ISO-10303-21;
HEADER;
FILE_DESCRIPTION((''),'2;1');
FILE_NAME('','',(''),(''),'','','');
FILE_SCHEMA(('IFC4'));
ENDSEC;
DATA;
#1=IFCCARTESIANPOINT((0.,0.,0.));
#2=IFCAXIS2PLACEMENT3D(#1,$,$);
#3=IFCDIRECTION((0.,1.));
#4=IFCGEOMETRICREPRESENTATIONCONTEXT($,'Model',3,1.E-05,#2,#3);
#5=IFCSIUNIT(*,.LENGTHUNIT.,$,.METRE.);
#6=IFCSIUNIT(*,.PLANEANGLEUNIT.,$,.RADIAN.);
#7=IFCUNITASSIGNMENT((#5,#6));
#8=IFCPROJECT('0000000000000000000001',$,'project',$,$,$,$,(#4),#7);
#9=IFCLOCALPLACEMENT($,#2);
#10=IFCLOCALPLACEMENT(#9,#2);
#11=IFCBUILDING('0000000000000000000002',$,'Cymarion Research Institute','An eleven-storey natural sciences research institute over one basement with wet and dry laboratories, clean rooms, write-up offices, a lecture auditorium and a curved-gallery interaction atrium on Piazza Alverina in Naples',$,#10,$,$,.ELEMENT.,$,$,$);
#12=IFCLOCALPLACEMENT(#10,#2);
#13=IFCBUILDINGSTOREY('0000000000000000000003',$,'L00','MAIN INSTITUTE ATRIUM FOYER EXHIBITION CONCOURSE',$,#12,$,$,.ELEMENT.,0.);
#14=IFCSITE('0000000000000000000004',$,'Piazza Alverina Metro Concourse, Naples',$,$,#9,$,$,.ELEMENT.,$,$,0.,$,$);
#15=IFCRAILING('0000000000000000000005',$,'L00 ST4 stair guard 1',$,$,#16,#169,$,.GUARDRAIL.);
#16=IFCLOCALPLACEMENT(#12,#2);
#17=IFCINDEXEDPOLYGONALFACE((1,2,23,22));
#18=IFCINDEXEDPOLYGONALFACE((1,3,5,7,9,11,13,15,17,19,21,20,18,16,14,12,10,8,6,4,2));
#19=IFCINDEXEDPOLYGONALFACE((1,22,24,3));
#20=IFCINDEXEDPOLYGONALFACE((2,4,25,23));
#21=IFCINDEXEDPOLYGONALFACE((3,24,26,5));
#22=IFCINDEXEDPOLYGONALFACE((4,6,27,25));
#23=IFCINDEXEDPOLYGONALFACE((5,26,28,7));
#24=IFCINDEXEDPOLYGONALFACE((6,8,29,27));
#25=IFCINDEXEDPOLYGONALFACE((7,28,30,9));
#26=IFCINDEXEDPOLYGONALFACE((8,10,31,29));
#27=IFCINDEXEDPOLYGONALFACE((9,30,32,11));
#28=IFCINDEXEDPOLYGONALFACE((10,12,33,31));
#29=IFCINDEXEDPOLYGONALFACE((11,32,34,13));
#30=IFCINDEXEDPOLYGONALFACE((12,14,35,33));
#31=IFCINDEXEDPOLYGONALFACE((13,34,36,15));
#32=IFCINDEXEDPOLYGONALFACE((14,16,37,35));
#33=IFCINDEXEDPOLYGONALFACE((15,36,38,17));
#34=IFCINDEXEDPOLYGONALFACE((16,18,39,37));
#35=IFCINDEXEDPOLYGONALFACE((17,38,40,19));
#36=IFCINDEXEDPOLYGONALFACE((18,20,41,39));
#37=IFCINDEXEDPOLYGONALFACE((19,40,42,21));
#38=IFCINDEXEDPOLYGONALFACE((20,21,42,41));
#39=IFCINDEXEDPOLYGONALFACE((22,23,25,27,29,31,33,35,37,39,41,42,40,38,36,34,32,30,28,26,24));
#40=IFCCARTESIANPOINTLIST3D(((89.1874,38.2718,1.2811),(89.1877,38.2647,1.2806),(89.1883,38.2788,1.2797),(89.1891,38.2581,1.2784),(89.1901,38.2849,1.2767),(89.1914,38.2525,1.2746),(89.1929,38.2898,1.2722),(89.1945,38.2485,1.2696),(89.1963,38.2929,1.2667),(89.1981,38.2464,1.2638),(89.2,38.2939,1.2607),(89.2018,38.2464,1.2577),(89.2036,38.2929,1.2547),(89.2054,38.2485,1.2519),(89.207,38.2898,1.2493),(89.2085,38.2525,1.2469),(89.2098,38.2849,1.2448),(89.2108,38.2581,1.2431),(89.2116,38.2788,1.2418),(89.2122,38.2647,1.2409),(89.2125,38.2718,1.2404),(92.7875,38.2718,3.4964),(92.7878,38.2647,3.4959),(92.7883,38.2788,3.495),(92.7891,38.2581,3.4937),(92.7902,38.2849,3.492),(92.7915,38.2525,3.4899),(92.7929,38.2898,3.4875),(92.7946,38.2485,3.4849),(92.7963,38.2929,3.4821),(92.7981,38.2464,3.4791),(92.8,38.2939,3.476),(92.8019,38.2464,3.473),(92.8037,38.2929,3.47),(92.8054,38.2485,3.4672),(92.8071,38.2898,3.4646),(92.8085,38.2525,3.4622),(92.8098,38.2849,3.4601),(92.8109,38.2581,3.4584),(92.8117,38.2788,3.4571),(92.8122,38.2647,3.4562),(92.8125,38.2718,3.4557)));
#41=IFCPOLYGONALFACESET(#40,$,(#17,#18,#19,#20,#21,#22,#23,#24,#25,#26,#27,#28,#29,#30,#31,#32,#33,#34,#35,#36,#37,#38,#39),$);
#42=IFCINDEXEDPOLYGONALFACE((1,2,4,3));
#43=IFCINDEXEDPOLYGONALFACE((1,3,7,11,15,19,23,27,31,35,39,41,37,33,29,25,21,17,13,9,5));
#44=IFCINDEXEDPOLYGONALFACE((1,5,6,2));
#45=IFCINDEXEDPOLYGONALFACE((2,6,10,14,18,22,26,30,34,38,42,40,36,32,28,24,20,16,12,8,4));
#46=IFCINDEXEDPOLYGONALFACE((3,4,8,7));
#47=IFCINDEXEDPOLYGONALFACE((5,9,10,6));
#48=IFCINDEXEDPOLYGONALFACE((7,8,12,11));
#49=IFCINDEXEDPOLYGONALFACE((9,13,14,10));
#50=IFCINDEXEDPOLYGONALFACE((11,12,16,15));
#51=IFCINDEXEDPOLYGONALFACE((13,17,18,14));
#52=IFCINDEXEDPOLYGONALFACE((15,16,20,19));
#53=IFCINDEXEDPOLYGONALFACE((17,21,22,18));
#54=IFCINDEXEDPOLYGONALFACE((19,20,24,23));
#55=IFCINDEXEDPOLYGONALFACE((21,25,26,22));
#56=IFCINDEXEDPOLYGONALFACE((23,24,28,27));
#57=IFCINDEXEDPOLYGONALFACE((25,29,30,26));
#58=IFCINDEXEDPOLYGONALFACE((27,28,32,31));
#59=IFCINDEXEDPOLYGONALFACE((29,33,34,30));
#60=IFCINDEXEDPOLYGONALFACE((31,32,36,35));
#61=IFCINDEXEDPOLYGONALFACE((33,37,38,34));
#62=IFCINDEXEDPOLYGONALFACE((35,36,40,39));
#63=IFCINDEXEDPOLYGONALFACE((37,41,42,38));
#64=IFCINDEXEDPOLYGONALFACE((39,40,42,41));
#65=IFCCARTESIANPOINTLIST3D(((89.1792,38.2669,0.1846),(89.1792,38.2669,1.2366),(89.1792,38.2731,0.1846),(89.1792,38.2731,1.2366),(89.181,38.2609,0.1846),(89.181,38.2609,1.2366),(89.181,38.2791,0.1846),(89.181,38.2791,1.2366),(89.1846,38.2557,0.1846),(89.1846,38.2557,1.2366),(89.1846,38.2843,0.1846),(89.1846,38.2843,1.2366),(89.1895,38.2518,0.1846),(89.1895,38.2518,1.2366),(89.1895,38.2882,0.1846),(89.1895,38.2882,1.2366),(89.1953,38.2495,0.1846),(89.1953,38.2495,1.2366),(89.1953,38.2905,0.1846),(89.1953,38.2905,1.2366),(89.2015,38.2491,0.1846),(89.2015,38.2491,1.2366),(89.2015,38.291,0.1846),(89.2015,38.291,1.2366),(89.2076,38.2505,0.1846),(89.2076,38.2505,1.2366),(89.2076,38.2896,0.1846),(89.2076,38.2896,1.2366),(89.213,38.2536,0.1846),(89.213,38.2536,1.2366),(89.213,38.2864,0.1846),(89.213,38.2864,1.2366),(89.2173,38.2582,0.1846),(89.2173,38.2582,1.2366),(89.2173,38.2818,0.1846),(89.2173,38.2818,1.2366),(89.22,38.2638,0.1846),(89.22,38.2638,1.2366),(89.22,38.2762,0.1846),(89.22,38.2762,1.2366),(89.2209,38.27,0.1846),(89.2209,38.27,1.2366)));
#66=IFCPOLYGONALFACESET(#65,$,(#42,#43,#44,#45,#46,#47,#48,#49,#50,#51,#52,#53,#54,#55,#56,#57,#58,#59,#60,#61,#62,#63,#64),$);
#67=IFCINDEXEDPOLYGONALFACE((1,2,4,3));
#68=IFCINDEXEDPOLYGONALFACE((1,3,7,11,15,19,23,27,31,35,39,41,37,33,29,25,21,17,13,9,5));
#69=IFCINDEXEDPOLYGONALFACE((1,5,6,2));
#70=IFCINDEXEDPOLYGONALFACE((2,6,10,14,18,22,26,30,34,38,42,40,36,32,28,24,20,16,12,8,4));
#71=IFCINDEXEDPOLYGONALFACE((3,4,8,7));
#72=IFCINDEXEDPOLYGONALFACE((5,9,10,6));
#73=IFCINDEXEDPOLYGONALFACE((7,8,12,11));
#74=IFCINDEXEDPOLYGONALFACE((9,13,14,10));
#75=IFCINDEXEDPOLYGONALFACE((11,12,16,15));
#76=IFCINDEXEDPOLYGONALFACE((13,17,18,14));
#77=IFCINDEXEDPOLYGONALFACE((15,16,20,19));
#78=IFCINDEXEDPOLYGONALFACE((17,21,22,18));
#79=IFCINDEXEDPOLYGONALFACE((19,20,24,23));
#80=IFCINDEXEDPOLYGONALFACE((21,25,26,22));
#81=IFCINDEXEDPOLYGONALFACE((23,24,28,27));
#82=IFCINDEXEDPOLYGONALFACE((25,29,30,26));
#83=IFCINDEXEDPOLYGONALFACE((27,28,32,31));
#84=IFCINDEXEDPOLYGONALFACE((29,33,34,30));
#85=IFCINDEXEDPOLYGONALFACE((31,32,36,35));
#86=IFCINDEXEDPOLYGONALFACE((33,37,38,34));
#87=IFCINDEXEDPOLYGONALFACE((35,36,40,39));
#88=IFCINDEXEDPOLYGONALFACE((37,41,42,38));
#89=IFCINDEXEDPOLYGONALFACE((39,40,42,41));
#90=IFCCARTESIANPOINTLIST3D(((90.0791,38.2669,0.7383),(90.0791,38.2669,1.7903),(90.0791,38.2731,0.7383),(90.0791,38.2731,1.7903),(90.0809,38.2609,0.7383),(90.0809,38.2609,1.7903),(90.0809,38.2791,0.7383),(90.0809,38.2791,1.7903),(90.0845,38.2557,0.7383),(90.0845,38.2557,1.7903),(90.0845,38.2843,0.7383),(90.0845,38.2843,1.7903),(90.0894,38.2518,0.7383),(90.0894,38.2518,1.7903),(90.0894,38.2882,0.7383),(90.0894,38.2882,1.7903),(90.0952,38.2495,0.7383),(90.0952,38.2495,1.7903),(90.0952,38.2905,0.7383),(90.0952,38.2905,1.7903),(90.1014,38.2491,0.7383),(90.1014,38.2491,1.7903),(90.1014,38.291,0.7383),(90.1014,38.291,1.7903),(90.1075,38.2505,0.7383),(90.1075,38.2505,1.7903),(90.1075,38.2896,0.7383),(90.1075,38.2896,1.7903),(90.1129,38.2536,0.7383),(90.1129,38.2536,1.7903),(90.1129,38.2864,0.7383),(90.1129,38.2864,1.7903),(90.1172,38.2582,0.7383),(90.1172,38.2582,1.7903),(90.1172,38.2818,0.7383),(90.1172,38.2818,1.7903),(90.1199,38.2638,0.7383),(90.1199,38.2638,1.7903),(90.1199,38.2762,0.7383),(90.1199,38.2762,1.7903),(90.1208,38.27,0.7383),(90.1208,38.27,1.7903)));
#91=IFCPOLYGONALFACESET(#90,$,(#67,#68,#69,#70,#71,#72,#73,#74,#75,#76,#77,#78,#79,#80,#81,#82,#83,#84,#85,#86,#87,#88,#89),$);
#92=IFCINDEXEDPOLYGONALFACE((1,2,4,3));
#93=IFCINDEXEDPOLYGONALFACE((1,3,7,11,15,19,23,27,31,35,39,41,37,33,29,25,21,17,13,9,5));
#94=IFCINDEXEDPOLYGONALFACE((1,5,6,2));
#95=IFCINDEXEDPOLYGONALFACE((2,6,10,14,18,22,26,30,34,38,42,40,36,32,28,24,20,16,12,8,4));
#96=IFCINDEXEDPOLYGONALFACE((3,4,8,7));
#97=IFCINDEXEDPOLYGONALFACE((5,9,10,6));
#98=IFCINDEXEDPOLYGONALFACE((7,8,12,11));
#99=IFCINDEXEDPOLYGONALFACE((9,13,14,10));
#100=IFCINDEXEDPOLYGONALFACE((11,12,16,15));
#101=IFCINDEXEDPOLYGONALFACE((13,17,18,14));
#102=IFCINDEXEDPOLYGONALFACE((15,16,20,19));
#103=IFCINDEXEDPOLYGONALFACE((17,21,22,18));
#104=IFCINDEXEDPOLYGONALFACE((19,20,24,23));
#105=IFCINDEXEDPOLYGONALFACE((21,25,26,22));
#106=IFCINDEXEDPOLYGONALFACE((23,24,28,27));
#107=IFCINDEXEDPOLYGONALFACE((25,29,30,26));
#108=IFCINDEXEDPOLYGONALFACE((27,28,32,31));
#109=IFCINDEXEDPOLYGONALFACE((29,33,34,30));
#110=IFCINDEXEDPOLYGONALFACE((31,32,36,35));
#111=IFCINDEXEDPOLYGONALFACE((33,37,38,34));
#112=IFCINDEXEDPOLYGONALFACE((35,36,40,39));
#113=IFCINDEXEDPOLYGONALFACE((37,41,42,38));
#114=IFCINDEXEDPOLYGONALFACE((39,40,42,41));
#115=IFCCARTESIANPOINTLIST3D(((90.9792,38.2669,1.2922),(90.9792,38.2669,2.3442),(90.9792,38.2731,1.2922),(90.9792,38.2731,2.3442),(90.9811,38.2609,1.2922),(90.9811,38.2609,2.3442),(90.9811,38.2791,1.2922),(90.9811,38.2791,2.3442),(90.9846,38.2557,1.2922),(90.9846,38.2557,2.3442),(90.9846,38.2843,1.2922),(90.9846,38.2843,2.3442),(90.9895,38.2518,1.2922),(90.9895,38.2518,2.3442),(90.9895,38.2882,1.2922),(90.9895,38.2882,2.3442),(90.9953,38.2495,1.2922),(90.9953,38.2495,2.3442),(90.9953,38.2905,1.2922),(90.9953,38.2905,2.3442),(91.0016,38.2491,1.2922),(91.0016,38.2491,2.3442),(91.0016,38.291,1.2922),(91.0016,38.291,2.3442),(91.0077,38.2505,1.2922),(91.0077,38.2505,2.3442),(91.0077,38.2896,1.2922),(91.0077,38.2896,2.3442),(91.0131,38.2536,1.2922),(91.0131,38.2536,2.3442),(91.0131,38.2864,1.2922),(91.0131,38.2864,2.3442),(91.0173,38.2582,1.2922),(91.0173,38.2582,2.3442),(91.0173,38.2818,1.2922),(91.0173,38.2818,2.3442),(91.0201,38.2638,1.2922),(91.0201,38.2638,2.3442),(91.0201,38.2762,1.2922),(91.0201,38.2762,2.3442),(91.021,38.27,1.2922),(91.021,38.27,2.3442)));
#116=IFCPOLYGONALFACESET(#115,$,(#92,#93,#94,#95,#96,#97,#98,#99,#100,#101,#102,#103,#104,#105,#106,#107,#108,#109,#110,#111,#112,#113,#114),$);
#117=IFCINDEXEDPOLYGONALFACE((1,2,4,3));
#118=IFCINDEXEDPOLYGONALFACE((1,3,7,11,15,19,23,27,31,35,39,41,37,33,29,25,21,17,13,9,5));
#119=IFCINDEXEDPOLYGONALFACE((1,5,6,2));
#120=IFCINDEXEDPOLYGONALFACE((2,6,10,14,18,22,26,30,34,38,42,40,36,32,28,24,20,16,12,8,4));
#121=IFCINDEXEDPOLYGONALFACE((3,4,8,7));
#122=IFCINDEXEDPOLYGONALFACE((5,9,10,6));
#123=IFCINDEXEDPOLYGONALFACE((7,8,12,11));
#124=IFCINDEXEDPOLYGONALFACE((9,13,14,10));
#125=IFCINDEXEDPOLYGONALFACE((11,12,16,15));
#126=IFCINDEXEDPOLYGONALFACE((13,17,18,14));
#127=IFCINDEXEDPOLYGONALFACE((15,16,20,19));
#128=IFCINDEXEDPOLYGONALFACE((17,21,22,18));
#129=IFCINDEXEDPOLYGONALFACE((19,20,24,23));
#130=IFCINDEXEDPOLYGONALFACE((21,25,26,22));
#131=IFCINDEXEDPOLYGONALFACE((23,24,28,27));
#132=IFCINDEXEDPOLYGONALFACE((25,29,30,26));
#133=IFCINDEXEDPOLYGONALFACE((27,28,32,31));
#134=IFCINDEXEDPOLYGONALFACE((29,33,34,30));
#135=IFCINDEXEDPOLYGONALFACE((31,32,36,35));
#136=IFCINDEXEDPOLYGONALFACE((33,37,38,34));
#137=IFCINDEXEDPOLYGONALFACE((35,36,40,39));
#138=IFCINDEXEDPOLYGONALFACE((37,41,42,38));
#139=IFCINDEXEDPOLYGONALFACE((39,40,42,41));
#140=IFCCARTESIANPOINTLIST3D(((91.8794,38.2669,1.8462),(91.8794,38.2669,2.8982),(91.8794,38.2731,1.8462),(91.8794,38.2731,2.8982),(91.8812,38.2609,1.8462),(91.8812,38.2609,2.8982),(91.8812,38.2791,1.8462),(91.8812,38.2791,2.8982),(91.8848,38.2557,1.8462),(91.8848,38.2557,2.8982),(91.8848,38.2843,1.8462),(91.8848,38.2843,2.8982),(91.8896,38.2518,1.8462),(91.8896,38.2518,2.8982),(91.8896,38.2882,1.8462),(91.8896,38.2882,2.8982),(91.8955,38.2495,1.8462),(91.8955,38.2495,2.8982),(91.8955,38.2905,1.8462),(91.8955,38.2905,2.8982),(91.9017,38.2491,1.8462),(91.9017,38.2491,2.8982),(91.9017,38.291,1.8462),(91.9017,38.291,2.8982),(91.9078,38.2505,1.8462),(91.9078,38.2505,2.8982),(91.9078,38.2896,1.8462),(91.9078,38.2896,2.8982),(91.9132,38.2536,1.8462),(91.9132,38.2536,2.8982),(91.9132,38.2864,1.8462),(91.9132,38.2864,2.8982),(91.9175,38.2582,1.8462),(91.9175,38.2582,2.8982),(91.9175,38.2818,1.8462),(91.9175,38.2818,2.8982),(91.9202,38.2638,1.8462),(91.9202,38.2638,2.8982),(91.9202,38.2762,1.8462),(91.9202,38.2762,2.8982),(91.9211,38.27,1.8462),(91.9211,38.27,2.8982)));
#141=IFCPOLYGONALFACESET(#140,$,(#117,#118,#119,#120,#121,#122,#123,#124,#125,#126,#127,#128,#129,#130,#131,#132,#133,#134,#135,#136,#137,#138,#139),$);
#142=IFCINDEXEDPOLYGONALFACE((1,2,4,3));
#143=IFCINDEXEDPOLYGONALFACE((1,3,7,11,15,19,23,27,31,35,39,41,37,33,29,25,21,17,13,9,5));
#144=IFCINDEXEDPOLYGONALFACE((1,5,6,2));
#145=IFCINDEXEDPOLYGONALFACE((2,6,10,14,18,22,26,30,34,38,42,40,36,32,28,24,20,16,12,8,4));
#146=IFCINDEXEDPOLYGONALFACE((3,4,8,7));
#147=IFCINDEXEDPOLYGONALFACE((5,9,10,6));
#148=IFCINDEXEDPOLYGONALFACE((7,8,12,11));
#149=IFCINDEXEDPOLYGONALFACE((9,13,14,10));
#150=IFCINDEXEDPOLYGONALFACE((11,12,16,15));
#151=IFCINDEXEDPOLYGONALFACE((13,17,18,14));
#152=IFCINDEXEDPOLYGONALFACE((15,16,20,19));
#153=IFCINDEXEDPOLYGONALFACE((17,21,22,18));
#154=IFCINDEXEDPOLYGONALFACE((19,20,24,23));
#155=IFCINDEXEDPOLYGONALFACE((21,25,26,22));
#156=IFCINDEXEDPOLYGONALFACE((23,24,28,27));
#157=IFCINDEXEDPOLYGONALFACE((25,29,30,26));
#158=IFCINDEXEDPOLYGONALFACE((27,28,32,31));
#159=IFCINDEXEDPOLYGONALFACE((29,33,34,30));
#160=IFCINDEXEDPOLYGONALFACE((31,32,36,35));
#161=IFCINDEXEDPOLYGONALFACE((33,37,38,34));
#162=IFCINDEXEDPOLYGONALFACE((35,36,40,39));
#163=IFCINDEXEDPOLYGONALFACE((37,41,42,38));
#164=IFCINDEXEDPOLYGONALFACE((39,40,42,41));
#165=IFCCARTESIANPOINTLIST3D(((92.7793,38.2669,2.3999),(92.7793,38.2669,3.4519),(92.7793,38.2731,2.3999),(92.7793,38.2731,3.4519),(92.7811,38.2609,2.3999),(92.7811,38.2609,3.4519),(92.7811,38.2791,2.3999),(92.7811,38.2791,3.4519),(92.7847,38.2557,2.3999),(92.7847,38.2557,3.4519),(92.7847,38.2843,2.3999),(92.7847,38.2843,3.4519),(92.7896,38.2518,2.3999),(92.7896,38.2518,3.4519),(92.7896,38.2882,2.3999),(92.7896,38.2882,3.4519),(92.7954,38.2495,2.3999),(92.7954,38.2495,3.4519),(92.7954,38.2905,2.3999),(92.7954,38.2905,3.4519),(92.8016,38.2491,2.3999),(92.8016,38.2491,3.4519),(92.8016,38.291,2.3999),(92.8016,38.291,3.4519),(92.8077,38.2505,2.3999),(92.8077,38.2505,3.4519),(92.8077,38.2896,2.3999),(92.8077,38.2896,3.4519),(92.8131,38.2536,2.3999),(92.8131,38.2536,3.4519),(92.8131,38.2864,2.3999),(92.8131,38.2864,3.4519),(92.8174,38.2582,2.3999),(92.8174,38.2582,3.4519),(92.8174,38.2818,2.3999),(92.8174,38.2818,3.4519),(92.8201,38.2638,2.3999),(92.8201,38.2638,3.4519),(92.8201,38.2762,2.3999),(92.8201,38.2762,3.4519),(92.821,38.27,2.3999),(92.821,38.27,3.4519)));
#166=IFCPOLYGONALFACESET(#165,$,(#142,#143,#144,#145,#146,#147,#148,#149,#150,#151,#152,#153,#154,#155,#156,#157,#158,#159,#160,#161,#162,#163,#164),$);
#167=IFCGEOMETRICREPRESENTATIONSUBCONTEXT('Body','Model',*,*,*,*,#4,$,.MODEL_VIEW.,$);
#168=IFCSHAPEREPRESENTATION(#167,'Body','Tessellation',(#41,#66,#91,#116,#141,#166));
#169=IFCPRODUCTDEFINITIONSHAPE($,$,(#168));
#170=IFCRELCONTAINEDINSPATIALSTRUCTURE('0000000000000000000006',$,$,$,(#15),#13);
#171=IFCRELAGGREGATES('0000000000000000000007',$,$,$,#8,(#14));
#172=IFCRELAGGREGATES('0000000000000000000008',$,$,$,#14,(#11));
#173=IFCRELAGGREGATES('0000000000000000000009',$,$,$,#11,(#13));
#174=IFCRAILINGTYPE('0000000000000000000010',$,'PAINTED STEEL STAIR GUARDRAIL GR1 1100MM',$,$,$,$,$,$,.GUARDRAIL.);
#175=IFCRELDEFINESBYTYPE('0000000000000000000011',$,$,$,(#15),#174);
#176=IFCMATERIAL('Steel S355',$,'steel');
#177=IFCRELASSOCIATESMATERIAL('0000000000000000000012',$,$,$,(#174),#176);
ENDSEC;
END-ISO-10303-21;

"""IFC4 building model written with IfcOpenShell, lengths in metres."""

from ifc_helpers import new_model, si_unit, direction, frame, origin, origin_2d, place, context, subcontext, project, spatial, circle, extrude, material, type_object, element, save


model = new_model("IFC4")

# Units and contexts
model_context = context("Model", 3, precision=1e-05, world=origin(), true_north=direction((0.0, 1.0)))
body_context = subcontext(model_context, "Body", "Model", "MODEL_VIEW")
ifc_project = project(units=[si_unit("LENGTHUNIT", "METRE"), si_unit("PLANEANGLEUNIT", "RADIAN")], contexts=[model_context])

# Site, building, storey
site_placement = place(None, origin())
site = spatial("IfcSite", under=ifc_project, at=site_placement, Name="Piazza Alverina Metro Concourse, Naples", CompositionType="ELEMENT", RefElevation=0.0)
building_placement = place(site_placement, origin())
building = spatial("IfcBuilding", under=site, at=building_placement, Name="Cymarion Research Institute", Description="An eleven-storey natural sciences research institute over one basement with wet and dry laboratories, clean rooms, write-up offices, a lecture auditorium and a curved-gallery interaction atrium on Piazza Alverina in Naples", CompositionType="ELEMENT")
storey_placement = place(building_placement, origin())
storey = spatial("IfcBuildingStorey", under=building, at=storey_placement, Name="L00", Description="MAIN INSTITUTE ATRIUM FOYER EXHIBITION CONCOURSE", CompositionType="ELEMENT", Elevation=0.0)

# Shared definitions
ifc_material_1 = material(Name="Steel S355", Category="steel")

# Railing
railing_type_1 = type_object("IfcRailingType", Name="PAINTED STEEL STAIR GUARDRAIL GR1 1100MM", PredefinedType="GUARDRAIL", material=ifc_material_1)
railing_1_placement = place(storey_placement, frame((89.2, 38.27, 0.1846)))
element("IfcRailing", 1, at=railing_1_placement, inside=storey, type_object=railing_type_1, Name="L00 ST4 stair guard 1", PredefinedType="GUARDRAIL", context=body_context, shape_type="SweptSolid", body=[
    extrude(circle(Radius=0.0239, at=origin_2d()), frame((0.0, 0.0, 1.0762), z_axis=(0.85167, 0.0, 0.524078), x_axis=(0.0, 1.0, 0.0)), (0.0, 0.0, 1.0), 4.2271),
    extrude(circle(Radius=0.021, at=origin_2d()), origin(), (0.0, 0.0, 1.0), 1.052),
    extrude(circle(Radius=0.021, at=origin_2d()), frame((0.8999, 0.0, 0.5537)), (0.0, 0.0, 1.0), 1.052),
    extrude(circle(Radius=0.021, at=origin_2d()), frame((1.8, 0.0, 1.1077)), (0.0, 0.0, 1.0), 1.052),
    extrude(circle(Radius=0.021, at=origin_2d()), frame((2.7002, 0.0, 1.6616)), (0.0, 0.0, 1.0), 1.052),
    extrude(circle(Radius=0.021, at=origin_2d()), frame((3.6001, 0.0, 2.2153)), (0.0, 0.0, 1.0), 1.052),
])

save(model, "model.ifc")
